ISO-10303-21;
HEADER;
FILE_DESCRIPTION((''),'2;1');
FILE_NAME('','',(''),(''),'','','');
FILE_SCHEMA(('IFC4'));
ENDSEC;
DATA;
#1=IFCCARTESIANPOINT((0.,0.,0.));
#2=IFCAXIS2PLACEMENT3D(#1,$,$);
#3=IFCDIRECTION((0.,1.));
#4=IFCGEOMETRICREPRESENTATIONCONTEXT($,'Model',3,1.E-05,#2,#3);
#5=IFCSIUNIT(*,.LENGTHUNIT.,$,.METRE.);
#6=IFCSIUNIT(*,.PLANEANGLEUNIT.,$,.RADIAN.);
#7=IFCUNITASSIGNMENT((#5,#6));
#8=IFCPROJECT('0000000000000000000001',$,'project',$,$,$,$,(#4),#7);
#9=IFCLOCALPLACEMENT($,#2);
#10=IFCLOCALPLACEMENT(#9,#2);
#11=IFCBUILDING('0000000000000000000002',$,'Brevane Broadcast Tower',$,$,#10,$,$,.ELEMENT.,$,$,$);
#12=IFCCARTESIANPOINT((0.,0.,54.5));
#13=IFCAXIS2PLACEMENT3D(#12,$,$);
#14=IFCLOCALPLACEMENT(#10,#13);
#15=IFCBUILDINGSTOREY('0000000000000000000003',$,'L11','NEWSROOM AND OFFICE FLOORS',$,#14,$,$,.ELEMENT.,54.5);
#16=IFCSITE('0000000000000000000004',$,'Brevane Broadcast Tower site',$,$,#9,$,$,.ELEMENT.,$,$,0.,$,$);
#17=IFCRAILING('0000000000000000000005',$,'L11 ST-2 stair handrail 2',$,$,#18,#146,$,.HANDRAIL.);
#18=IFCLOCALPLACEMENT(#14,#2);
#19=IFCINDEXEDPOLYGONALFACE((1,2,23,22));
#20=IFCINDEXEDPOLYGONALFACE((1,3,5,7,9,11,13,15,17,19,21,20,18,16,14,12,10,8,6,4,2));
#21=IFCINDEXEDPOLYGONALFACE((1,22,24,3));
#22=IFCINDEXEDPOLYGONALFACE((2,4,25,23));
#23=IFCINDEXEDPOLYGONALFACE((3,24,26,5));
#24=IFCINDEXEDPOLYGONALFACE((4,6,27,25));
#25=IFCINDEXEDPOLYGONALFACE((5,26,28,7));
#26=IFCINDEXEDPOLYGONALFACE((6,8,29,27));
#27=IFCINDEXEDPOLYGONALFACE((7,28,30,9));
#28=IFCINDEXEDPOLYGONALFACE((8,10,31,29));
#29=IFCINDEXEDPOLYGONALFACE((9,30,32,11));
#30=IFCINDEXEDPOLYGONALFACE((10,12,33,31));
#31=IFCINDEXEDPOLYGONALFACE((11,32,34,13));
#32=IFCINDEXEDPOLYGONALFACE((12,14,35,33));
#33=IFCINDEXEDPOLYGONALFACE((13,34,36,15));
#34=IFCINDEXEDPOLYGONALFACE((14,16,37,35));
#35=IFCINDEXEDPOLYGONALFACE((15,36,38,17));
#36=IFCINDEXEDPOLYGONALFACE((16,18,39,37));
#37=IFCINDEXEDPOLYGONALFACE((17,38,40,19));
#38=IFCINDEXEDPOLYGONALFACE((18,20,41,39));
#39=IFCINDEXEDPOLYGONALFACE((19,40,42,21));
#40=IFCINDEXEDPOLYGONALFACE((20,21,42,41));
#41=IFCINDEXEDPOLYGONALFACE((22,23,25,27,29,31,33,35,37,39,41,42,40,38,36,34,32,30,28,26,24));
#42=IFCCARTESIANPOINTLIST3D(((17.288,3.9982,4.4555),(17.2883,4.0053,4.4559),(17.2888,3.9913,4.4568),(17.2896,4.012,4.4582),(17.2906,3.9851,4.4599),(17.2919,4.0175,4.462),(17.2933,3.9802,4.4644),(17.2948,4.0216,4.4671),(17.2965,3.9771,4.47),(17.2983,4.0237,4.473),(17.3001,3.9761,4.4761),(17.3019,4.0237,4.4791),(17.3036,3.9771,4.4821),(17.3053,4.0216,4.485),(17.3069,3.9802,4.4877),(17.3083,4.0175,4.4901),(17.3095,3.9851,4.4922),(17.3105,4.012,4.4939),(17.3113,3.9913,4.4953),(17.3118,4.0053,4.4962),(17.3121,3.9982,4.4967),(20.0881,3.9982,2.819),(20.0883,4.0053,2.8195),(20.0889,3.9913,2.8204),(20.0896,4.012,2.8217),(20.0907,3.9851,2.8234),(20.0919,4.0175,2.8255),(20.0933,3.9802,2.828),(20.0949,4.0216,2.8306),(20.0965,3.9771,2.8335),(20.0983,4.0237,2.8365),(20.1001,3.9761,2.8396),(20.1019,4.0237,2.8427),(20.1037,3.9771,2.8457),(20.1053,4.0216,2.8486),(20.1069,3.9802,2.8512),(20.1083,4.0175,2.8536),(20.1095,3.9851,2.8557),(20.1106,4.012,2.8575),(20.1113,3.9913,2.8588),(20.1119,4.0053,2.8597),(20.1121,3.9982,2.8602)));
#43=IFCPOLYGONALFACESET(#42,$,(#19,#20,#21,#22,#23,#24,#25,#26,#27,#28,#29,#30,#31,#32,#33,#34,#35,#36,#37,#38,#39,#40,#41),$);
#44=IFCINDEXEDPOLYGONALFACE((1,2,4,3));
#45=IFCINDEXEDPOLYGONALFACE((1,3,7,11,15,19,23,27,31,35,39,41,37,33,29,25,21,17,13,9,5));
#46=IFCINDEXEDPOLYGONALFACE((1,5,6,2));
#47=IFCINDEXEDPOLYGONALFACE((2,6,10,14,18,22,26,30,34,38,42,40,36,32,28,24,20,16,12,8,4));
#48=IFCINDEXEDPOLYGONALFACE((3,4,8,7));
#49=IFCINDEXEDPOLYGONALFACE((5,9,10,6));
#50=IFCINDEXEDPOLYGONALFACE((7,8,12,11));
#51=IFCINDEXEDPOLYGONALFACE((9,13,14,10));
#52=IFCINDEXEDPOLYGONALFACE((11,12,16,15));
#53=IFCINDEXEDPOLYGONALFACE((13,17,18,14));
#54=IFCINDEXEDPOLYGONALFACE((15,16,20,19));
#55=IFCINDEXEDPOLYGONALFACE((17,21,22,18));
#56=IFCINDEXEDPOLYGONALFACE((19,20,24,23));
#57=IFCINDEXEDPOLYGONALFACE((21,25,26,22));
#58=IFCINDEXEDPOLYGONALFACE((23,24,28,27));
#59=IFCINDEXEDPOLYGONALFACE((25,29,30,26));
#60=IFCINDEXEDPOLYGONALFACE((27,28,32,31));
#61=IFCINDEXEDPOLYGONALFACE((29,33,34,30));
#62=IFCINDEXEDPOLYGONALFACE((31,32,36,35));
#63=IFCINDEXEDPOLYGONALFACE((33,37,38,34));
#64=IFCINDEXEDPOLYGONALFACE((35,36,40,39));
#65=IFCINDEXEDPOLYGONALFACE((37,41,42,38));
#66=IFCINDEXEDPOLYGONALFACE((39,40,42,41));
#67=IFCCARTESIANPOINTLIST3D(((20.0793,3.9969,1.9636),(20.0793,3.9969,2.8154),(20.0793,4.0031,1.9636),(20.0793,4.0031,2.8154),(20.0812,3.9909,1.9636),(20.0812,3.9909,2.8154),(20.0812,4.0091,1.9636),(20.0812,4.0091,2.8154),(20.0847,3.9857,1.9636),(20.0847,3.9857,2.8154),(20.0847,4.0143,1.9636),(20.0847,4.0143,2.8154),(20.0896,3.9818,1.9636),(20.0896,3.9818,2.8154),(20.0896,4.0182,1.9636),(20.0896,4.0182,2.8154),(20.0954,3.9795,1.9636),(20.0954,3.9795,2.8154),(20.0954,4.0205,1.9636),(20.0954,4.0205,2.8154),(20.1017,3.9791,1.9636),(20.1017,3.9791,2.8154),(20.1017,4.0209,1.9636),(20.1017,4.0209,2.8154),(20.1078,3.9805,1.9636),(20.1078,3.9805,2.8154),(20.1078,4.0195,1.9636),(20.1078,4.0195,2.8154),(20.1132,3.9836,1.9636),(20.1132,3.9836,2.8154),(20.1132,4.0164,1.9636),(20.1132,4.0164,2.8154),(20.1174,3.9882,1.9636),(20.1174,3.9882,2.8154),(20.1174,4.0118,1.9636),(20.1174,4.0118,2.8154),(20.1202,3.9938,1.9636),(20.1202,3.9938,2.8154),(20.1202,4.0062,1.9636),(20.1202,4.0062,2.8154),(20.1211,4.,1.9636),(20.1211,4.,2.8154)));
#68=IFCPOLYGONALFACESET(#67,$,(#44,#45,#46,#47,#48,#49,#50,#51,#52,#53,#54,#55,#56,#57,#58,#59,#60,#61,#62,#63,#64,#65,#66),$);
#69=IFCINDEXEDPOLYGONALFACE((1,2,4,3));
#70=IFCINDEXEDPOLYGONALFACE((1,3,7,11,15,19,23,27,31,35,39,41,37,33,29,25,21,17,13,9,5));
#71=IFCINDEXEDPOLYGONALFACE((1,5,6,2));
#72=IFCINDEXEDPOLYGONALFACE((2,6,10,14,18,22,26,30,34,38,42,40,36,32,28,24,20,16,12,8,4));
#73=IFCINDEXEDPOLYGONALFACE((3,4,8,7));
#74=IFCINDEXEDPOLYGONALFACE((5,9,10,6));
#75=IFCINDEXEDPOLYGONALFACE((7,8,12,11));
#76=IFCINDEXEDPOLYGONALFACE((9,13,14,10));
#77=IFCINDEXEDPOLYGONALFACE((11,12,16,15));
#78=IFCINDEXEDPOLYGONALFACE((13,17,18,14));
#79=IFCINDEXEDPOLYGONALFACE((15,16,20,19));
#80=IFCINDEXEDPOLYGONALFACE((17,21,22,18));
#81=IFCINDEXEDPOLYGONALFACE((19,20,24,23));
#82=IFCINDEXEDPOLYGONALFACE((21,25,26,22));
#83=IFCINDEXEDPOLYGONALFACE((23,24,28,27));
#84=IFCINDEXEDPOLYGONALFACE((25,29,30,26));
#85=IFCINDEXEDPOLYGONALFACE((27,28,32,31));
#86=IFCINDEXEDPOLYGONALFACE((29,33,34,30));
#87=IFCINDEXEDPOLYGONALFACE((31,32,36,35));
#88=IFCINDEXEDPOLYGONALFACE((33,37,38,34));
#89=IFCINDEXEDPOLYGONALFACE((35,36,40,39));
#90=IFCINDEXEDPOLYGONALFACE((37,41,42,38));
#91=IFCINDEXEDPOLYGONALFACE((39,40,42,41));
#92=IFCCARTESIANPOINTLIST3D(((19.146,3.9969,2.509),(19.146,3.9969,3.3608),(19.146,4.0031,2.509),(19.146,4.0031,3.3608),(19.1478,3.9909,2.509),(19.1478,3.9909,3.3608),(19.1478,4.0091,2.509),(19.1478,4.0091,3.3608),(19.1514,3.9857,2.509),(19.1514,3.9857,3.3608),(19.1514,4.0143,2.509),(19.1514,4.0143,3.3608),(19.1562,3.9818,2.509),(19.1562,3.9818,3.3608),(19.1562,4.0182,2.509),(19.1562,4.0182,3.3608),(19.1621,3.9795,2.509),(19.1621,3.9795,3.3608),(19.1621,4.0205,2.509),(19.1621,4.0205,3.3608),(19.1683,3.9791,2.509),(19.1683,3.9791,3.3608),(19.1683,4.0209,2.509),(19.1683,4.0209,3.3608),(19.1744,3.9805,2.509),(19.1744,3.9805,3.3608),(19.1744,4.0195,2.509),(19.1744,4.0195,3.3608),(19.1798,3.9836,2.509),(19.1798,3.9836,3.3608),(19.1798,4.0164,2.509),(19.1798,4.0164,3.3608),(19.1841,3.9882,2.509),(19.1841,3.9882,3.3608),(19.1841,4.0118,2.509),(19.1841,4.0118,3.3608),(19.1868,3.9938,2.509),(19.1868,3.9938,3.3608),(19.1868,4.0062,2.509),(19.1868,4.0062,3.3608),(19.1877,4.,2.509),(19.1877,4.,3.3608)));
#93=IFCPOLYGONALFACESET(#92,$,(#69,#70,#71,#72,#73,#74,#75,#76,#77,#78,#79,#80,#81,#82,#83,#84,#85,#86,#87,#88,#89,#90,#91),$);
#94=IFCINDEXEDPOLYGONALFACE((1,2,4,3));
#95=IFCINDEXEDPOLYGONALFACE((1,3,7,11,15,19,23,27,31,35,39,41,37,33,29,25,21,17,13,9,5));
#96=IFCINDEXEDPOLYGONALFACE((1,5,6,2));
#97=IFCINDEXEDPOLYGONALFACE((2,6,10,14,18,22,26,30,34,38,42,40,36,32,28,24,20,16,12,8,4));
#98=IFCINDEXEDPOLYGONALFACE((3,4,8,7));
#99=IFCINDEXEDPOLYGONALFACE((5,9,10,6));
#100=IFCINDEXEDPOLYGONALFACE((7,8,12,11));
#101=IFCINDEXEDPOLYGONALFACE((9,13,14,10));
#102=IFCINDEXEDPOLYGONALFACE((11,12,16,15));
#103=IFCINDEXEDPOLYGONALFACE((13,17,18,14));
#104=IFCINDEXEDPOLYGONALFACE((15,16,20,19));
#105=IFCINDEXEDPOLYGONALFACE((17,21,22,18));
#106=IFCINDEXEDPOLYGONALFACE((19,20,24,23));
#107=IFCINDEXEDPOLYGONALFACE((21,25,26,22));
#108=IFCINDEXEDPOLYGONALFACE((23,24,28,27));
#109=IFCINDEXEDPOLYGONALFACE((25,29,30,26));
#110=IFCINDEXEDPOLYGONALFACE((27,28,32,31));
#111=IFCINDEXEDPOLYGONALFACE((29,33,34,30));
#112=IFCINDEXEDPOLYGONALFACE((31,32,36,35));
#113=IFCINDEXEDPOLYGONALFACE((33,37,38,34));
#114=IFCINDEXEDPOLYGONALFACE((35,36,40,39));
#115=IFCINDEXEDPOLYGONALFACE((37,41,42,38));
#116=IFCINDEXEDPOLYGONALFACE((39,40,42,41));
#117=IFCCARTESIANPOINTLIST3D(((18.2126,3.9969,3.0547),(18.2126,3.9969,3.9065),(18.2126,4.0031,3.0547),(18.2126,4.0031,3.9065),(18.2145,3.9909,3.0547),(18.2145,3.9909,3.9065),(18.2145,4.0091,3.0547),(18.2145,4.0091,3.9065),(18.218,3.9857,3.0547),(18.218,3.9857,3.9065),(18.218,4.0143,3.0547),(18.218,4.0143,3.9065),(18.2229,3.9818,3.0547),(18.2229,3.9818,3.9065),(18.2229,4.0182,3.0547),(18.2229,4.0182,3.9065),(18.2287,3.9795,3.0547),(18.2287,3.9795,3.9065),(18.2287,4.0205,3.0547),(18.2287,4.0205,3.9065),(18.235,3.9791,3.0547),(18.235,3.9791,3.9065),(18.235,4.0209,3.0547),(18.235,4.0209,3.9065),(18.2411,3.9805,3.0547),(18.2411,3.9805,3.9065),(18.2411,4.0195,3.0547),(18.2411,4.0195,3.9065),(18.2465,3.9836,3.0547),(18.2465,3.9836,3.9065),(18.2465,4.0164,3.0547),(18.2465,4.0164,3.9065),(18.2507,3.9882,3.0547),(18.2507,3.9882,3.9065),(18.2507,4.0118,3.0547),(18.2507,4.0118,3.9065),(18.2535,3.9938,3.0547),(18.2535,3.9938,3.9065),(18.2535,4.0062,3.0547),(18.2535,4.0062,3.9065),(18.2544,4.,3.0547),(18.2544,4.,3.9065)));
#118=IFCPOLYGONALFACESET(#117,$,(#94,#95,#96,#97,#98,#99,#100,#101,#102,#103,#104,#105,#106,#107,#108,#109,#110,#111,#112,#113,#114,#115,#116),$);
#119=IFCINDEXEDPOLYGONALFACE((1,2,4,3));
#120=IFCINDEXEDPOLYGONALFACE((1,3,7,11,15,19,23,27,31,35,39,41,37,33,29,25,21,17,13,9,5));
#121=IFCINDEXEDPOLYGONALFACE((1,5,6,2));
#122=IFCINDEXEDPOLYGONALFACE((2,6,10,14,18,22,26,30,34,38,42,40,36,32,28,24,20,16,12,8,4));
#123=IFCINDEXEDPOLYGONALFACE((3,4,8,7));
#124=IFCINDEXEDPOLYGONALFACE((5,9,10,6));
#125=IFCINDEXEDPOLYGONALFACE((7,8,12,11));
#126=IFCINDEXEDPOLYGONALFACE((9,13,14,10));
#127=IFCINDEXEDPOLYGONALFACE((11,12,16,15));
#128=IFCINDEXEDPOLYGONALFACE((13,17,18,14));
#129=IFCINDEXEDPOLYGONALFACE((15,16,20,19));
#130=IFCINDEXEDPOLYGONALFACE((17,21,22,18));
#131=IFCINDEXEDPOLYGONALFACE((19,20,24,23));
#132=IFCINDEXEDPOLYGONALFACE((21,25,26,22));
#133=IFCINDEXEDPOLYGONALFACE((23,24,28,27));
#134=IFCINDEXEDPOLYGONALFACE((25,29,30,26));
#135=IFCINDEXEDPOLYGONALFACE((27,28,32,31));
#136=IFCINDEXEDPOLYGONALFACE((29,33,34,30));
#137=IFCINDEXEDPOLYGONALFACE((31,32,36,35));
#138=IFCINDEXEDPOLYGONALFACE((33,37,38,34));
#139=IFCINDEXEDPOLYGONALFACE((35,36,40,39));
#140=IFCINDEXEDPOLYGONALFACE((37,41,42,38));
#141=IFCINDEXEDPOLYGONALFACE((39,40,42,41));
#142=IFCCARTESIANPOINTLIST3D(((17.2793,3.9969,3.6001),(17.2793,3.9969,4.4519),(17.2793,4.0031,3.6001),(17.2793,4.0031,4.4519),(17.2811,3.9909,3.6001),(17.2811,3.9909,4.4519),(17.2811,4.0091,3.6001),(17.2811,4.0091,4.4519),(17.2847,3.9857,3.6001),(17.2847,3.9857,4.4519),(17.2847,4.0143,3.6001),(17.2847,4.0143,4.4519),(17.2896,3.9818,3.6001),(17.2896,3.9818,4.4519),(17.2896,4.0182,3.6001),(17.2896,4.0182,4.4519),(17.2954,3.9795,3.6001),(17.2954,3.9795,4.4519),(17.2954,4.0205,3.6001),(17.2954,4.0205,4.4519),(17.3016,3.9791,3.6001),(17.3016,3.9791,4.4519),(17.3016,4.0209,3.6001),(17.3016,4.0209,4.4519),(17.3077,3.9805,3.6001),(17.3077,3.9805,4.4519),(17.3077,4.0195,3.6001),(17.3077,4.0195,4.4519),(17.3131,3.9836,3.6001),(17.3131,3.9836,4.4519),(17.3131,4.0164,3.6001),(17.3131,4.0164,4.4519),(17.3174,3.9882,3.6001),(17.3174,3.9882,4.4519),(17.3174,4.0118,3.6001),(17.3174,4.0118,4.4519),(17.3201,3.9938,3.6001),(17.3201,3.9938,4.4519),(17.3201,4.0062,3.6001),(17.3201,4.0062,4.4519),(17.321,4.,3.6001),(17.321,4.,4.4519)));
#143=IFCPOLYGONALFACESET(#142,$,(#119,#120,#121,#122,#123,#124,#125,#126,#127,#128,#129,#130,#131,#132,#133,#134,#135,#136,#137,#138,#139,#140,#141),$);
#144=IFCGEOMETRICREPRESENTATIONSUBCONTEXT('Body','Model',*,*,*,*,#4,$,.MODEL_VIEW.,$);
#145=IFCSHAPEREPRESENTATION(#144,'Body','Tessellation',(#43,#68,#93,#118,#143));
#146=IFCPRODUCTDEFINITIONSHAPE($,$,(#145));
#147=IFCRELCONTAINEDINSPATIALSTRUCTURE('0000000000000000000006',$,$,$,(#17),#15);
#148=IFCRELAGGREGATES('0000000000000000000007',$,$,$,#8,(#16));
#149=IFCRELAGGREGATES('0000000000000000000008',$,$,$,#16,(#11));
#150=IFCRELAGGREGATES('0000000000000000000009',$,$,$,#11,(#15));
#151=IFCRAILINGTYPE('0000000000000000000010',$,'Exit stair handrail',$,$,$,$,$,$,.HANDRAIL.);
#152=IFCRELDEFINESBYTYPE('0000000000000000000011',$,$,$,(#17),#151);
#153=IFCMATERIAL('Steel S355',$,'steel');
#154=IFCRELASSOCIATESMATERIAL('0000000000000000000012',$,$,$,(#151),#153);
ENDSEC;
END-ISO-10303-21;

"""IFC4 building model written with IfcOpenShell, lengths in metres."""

from ifc_helpers import new_model, si_unit, direction, frame, origin, origin_2d, place, context, subcontext, project, spatial, circle, extrude, material, type_object, element, save


model = new_model("IFC4")

# Units and contexts
model_context = context("Model", 3, precision=1e-05, world=origin(), true_north=direction((0.0, 1.0)))
body_context = subcontext(model_context, "Body", "Model", "MODEL_VIEW")
ifc_project = project(units=[si_unit("LENGTHUNIT", "METRE"), si_unit("PLANEANGLEUNIT", "RADIAN")], contexts=[model_context])

# Site, building, storey
site_placement = place(None, origin())
site = spatial("IfcSite", under=ifc_project, at=site_placement, Name="Brevane Broadcast Tower site", CompositionType="ELEMENT", RefElevation=0.0)
building_placement = place(site_placement, origin())
building = spatial("IfcBuilding", under=site, at=building_placement, Name="Brevane Broadcast Tower", CompositionType="ELEMENT")
storey_placement = place(building_placement, frame((0.0, 0.0, 54.5)))
storey = spatial("IfcBuildingStorey", under=building, at=storey_placement, Name="L11", Description="NEWSROOM AND OFFICE FLOORS", CompositionType="ELEMENT", Elevation=54.5)

# Railing
ifc_material_1 = material(Name="Steel S355", Category="steel")
railing_type_1 = type_object("IfcRailingType", Name="Exit stair handrail", PredefinedType="HANDRAIL", material=ifc_material_1)
railing_1_placement = place(storey_placement, frame((20.1001, 4.0, 1.9636)))
element("IfcRailing", 1, at=railing_1_placement, inside=storey, type_object=railing_type_1, Name="L11 ST-2 stair handrail 2", PredefinedType="HANDRAIL", context=body_context, shape_type="SweptSolid", body=[
    extrude(circle(Radius=0.0239, at=origin_2d()), frame((0.0, 0.0, 0.876), z_axis=(-0.863361, 0.0, 0.504587), x_axis=(0.0, -1.0, 0.0)), (0.0, 0.0, 1.0), 3.2432),
    extrude(circle(Radius=0.021, at=origin_2d()), origin(), (0.0, 0.0, 1.0), 0.8518),
    extrude(circle(Radius=0.021, at=origin_2d()), frame((-0.9333, 0.0, 0.5454)), (0.0, 0.0, 1.0), 0.8518),
    extrude(circle(Radius=0.021, at=origin_2d()), frame((-1.8667, 0.0, 1.0911)), (0.0, 0.0, 1.0), 0.8518),
    extrude(circle(Radius=0.021, at=origin_2d()), frame((-2.8, 0.0, 1.6365)), (0.0, 0.0, 1.0), 0.8518),
])

save(model, "model.ifc")
